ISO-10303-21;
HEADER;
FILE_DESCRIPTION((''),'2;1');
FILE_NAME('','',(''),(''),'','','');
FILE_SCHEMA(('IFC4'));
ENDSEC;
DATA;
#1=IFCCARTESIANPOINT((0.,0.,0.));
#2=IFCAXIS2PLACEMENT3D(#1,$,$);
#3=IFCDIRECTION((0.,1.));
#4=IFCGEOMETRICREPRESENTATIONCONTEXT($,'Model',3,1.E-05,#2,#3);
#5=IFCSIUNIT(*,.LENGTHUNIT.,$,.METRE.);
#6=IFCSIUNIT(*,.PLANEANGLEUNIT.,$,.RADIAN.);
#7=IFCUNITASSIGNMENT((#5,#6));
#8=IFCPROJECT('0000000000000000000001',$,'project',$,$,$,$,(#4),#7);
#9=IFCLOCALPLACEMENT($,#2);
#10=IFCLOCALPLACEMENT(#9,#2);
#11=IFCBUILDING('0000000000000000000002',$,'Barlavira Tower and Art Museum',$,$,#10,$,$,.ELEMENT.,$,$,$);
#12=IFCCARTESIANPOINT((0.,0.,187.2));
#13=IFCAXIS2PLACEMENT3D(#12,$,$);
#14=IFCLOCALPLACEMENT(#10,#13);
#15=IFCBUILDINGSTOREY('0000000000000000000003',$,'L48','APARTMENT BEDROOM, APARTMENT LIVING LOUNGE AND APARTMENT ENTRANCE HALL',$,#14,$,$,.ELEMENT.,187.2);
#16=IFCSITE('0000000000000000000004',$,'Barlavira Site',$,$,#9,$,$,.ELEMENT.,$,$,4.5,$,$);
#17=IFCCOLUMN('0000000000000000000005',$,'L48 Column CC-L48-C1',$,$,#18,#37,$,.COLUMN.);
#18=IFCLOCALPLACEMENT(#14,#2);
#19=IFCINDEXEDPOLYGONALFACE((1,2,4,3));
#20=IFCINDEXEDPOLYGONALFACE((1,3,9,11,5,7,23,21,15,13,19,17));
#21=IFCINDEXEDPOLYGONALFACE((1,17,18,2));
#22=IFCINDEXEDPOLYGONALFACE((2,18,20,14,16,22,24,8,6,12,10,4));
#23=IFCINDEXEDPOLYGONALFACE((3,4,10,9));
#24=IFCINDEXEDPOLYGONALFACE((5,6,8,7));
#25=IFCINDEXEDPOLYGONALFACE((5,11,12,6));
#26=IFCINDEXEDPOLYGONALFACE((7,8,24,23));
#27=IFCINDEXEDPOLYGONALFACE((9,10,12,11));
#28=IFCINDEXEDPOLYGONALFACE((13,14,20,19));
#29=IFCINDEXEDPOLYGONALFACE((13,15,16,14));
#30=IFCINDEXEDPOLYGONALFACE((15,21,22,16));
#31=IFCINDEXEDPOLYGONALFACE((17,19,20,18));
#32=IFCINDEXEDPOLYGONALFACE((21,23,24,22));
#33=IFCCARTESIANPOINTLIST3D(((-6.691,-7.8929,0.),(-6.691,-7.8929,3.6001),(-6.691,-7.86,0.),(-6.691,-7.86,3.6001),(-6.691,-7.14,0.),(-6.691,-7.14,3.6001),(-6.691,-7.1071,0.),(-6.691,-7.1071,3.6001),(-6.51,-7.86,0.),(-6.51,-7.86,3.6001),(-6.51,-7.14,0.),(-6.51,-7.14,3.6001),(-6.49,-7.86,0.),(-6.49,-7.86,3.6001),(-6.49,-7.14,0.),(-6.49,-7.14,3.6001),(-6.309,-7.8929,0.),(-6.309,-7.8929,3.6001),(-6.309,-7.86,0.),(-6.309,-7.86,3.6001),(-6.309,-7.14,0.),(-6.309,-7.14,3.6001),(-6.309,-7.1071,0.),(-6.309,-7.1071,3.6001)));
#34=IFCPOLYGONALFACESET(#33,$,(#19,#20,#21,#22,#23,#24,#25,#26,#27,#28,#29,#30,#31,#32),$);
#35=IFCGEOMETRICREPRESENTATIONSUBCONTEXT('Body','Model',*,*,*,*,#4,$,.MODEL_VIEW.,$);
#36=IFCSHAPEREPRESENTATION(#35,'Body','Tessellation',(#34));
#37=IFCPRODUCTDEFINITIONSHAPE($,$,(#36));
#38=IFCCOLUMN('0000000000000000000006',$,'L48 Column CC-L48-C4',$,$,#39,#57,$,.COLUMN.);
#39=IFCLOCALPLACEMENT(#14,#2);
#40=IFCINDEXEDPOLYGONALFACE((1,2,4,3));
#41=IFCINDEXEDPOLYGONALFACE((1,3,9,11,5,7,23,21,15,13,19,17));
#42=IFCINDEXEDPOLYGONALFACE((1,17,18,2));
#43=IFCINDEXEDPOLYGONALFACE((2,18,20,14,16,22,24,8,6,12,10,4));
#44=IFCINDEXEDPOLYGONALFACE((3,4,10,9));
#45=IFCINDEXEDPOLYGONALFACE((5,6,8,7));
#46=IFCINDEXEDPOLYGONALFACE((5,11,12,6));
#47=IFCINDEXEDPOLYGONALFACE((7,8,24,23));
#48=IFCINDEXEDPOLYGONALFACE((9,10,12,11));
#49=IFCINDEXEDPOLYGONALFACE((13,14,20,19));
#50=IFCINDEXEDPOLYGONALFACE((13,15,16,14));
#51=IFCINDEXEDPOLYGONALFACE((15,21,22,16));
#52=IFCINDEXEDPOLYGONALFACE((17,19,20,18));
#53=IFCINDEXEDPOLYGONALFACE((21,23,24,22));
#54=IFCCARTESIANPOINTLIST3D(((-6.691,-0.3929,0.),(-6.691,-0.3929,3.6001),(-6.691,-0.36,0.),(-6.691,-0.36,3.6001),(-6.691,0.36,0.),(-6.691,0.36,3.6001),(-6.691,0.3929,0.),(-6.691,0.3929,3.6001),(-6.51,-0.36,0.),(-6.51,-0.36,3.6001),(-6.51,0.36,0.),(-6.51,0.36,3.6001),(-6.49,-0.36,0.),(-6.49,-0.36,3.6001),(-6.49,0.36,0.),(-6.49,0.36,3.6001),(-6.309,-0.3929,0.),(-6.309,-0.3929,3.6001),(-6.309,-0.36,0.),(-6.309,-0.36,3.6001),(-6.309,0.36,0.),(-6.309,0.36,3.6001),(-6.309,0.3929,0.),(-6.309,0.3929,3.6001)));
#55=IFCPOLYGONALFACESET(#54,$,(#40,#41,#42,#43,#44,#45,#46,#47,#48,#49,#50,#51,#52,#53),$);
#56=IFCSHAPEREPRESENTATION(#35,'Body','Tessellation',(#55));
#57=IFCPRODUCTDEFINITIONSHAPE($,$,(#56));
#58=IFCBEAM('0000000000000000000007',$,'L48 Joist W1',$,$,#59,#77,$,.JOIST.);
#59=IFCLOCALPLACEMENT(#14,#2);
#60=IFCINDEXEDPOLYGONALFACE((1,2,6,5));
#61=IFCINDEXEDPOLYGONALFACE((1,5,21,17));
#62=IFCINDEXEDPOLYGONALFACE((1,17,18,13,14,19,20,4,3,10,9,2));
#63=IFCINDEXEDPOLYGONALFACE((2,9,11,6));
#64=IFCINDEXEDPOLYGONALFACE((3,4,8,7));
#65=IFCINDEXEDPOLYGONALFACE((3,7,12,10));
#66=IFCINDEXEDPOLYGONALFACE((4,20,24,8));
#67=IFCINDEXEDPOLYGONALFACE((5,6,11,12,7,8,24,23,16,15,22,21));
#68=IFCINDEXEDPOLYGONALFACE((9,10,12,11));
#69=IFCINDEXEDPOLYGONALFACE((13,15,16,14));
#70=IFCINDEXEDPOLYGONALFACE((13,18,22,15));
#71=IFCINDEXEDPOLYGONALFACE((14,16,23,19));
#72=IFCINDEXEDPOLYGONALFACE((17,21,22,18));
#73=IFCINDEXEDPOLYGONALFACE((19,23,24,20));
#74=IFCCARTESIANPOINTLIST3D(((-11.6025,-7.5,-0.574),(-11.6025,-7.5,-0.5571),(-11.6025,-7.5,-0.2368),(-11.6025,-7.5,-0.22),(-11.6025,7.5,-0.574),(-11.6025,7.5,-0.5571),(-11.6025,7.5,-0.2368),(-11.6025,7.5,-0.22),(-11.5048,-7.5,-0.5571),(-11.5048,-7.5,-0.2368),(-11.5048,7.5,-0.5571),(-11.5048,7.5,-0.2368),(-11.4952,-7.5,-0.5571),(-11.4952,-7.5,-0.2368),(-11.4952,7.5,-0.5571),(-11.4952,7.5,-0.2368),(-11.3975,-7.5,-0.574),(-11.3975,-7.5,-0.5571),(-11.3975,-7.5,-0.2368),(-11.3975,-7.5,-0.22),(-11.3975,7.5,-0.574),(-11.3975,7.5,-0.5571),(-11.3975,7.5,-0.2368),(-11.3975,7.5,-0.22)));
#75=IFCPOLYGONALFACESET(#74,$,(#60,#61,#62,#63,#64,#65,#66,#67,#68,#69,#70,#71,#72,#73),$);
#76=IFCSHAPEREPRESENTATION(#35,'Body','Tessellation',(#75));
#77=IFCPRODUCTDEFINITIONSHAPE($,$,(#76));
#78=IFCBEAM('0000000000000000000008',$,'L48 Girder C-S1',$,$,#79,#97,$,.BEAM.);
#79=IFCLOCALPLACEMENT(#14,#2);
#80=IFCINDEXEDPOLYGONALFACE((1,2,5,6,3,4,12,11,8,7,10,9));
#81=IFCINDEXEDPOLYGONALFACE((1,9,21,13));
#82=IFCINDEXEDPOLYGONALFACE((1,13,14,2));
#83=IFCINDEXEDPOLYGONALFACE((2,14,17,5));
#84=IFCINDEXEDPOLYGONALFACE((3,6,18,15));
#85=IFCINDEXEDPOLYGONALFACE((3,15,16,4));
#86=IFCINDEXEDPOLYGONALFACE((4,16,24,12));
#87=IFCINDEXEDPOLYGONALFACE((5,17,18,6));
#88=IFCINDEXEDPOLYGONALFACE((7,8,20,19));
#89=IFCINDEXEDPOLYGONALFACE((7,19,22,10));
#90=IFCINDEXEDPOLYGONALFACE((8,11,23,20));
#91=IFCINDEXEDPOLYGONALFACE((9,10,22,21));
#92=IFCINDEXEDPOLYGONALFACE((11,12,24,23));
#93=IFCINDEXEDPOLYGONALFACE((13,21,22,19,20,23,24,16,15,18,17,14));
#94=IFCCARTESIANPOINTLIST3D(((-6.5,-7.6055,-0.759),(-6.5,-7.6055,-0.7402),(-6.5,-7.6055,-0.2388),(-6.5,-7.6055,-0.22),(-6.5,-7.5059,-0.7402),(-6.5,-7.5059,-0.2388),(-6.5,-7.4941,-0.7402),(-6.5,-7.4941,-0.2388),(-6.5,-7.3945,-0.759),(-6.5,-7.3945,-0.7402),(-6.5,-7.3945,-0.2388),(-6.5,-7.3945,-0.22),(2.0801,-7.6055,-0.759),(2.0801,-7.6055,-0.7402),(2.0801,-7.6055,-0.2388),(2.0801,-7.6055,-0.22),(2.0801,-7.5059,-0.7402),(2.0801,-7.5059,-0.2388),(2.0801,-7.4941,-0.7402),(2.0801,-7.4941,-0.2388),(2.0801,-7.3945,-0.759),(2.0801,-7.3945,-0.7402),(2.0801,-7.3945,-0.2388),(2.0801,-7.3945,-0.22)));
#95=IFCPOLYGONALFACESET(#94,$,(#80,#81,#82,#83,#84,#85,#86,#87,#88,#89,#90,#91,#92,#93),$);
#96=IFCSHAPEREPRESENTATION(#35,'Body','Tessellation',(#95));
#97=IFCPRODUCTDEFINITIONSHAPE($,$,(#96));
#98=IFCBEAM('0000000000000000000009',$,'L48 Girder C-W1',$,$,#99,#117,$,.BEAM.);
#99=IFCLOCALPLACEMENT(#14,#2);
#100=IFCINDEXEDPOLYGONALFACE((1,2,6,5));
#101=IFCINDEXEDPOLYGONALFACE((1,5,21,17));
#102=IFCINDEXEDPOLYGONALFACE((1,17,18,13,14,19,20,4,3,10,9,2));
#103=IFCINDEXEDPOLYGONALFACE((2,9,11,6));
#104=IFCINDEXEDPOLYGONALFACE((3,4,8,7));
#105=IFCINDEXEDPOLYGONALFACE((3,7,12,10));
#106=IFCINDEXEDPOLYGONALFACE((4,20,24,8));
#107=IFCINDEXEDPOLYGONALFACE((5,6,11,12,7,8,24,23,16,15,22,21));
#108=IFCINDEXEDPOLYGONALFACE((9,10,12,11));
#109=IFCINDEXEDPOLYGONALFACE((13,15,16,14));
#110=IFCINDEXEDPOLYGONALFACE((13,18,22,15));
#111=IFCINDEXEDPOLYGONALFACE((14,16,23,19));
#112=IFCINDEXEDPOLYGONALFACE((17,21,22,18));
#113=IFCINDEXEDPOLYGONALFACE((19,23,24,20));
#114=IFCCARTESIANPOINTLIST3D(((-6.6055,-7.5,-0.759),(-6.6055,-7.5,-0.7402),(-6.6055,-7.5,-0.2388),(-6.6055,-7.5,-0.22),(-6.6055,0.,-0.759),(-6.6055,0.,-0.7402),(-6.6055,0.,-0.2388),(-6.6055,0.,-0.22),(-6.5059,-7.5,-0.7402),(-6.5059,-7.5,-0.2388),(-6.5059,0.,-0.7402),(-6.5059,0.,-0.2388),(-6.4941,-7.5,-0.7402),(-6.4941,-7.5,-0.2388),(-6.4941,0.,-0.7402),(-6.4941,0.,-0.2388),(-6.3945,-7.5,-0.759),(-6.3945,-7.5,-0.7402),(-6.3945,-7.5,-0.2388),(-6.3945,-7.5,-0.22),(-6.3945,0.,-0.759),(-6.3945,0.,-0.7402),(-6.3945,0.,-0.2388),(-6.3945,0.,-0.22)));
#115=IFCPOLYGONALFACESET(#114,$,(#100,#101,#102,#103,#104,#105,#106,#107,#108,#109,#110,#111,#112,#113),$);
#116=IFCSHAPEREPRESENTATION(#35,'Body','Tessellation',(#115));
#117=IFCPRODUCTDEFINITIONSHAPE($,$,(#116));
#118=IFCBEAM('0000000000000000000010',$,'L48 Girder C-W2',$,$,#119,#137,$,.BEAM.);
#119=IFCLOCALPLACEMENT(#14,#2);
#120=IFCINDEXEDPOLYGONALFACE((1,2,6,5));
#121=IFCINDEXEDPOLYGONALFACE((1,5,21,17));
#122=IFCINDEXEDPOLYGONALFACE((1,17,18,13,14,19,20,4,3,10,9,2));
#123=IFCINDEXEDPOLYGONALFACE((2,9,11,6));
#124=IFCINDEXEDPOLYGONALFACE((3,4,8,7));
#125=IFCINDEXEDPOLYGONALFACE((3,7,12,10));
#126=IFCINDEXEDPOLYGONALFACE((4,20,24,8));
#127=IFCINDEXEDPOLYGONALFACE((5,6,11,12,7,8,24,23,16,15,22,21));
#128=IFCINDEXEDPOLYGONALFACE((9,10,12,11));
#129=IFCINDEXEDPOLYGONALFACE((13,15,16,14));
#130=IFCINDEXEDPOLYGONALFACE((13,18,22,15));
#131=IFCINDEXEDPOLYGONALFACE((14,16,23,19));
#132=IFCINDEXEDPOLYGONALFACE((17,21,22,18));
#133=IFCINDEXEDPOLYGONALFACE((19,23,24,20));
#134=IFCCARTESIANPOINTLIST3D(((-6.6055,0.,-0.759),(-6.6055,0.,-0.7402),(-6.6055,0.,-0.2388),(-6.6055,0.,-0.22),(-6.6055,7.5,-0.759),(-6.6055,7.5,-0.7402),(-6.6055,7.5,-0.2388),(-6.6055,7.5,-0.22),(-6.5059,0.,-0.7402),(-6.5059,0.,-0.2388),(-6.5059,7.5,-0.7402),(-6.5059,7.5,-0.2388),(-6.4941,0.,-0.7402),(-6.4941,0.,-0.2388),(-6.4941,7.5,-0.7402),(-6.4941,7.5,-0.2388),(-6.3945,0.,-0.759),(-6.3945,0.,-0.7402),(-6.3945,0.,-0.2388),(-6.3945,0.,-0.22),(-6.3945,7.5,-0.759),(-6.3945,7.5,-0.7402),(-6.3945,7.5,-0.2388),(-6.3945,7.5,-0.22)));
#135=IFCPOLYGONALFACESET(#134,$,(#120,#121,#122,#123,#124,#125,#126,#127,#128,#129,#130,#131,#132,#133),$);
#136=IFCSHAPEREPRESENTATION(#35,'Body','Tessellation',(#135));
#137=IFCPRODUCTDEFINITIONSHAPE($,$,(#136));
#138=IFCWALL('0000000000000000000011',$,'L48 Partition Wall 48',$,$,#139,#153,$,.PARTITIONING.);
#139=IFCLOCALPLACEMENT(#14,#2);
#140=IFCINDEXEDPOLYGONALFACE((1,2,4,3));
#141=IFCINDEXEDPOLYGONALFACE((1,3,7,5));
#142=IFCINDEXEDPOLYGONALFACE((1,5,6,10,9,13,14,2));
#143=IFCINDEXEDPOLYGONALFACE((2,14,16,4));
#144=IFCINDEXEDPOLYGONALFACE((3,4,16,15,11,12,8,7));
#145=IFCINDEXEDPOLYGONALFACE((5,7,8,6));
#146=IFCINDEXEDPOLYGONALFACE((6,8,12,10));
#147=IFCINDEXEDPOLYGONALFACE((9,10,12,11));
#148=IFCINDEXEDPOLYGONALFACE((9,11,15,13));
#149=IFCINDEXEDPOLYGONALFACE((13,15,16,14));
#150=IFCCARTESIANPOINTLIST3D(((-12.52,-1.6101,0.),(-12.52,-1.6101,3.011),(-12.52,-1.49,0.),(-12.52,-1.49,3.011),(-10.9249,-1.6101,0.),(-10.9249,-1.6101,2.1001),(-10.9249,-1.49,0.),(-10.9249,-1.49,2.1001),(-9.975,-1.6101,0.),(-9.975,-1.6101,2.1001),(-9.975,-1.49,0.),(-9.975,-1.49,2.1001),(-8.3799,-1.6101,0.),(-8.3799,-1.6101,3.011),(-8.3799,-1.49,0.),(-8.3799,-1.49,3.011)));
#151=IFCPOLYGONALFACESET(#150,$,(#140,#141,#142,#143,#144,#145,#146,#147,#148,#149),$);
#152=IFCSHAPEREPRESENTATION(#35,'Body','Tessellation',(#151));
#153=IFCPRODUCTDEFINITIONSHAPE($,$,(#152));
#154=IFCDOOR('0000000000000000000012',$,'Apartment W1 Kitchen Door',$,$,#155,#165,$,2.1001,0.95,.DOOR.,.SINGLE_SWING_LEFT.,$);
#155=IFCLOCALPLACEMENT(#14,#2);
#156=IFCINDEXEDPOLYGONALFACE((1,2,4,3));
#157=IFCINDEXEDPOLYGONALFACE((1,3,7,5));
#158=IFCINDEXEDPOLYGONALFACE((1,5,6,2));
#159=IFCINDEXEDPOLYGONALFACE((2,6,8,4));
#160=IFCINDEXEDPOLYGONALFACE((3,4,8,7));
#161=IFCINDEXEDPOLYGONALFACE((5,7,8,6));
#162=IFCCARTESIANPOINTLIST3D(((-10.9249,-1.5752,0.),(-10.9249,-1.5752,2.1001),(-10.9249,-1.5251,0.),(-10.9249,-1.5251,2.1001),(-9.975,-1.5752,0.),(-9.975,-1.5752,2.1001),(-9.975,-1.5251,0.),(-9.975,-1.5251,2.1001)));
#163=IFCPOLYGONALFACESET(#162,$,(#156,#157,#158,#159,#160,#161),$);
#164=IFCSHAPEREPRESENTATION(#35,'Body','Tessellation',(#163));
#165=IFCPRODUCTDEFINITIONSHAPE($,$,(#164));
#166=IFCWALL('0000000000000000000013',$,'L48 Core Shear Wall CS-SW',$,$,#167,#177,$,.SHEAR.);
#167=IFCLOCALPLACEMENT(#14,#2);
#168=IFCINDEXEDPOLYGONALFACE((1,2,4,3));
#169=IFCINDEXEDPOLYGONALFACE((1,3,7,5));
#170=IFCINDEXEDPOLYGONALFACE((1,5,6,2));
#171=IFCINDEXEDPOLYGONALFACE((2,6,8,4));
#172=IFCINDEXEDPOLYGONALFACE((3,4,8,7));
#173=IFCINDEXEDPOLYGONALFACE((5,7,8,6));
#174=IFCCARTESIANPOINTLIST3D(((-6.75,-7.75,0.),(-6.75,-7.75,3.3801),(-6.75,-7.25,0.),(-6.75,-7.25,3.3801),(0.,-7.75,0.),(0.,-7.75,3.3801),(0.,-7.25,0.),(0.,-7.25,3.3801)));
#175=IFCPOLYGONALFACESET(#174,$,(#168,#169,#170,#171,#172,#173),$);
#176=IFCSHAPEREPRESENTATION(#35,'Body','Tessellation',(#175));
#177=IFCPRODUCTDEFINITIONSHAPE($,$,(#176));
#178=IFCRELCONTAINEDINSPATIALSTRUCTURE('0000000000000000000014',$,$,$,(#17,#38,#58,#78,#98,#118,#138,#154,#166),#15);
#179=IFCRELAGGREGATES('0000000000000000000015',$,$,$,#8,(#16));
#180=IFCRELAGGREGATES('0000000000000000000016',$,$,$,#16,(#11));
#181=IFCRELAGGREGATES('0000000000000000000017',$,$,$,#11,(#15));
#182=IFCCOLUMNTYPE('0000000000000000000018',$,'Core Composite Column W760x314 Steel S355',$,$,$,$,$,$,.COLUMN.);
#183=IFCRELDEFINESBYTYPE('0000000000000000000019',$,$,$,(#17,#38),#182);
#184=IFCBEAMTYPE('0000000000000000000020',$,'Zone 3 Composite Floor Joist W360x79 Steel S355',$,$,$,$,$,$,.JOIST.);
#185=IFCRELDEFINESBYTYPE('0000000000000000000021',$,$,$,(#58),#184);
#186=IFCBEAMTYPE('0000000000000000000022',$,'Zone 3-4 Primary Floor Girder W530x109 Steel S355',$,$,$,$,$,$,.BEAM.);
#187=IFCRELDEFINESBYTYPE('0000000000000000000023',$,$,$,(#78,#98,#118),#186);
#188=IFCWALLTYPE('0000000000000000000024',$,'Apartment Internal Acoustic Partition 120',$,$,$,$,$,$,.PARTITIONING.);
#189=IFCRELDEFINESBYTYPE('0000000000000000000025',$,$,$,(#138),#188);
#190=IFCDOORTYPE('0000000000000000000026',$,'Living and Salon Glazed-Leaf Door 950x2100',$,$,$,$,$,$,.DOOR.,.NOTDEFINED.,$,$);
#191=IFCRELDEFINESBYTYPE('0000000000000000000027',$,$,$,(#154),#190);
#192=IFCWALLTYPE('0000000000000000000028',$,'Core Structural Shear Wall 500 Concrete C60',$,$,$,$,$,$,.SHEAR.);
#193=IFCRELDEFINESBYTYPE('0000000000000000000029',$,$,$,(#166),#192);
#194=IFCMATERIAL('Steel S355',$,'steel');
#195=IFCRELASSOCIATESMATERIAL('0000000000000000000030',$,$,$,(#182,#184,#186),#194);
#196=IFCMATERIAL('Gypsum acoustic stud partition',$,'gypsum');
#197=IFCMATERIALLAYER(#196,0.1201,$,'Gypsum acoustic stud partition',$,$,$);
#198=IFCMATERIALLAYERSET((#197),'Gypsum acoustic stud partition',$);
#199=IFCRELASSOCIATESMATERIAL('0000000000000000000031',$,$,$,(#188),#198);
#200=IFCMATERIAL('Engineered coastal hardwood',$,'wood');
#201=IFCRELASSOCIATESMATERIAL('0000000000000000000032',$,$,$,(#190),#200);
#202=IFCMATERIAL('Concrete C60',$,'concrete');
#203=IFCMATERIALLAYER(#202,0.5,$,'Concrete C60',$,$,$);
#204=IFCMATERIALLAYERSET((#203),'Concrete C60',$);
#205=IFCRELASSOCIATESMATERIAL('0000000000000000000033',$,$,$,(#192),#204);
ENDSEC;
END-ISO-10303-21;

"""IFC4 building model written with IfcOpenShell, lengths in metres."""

from ifc_helpers import new_model, si_unit, direction, frame, frame_2d, origin, origin_2d, place, context, subcontext, project, spatial, rectangle, i_section, extrude, material, layer, layer_set, material_profile, profile_set, type_object, element, fill, save


model = new_model("IFC4")

# Units and contexts
model_context = context("Model", 3, precision=1e-05, world=origin(), true_north=direction((0.0, 1.0)))
body_context = subcontext(model_context, "Body", "Model", "MODEL_VIEW")
ifc_project = project(units=[si_unit("LENGTHUNIT", "METRE"), si_unit("PLANEANGLEUNIT", "RADIAN")], contexts=[model_context])

# Site, building, storey
site_placement = place(None, origin())
site = spatial("IfcSite", under=ifc_project, at=site_placement, Name="Barlavira Site", CompositionType="ELEMENT", RefElevation=4.5)
building_placement = place(site_placement, origin())
building = spatial("IfcBuilding", under=site, at=building_placement, Name="Barlavira Tower and Art Museum", CompositionType="ELEMENT")
storey_placement = place(building_placement, frame((0.0, 0.0, 187.2)))
storey = spatial("IfcBuildingStorey", under=building, at=storey_placement, Name="L48", Description="APARTMENT BEDROOM, APARTMENT LIVING LOUNGE AND APARTMENT ENTRANCE HALL", CompositionType="ELEMENT", Elevation=187.2)

# Columns
ifc_material_1 = material(Name="Steel S355", Category="steel")
ifc_material_profile_1 = material_profile(ifc_material_1, i_section(OverallWidth=0.3821, OverallDepth=0.7859, WebThickness=0.02, FlangeThickness=0.033, at=origin_2d()), Name="W760x314.0")
ifc_profile_set_1 = profile_set([ifc_material_profile_1], Name="Steel S355")
column_type = type_object("IfcColumnType", Name="Core Composite Column W760x314 Steel S355", PredefinedType="COLUMN", material=ifc_profile_set_1)
for number, where, z_axis, x_axis, name in (
    (1, (-6.5, -7.5, 0.0), (0.0, 0.0, 1.0), (1.0, 0.0, 0.0), "L48 Column CC-L48-C1"),
    (2, (-6.5, 0.0, 0.0), (0.0, 0.0, 1.0), (1.0, 0.0, 0.0), "L48 Column CC-L48-C4"),
):
    element("IfcColumn", number, at=place(storey_placement, frame(where, z_axis=z_axis, x_axis=x_axis)), inside=storey, type_object=column_type, Name=name, PredefinedType="COLUMN", context=body_context, shape_type="SweptSolid", body=[
        extrude(i_section(OverallWidth=0.3821, OverallDepth=0.7859, WebThickness=0.02, FlangeThickness=0.033, at=origin_2d()), origin(), (0.0, 0.0, 1.0), 3.6001),
    ])

# Beams
ifc_material_profile_2 = material_profile(ifc_material_1, i_section(OverallWidth=0.2051, OverallDepth=0.354, WebThickness=0.0095, FlangeThickness=0.0168, at=origin_2d()), Name="W360x79.0")
ifc_profile_set_2 = profile_set([ifc_material_profile_2], Name="Steel S355")
beam_type_1 = type_object("IfcBeamType", Name="Zone 3 Composite Floor Joist W360x79 Steel S355", PredefinedType="JOIST", material=ifc_profile_set_2)
beam_1_placement = place(storey_placement, frame((-11.5, -7.5, -0.397), z_axis=(0.0, 1.0, 0.0), x_axis=(-1.0, 0.0, 0.0)))
element("IfcBeam", 3, at=beam_1_placement, inside=storey, type_object=beam_type_1, Name="L48 Joist W1", PredefinedType="JOIST", context=body_context, shape_type="SweptSolid", body=[
    extrude(i_section(OverallWidth=0.2051, OverallDepth=0.354, WebThickness=0.0095, FlangeThickness=0.0168, at=origin_2d()), origin(), (0.0, 0.0, 1.0), 15.0),
])
ifc_material_profile_3 = material_profile(ifc_material_1, i_section(OverallWidth=0.2109, OverallDepth=0.5391, WebThickness=0.0117, FlangeThickness=0.0188, at=origin_2d()), Name="W530x109.0")
ifc_profile_set_3 = profile_set([ifc_material_profile_3], Name="Steel S355")
beam_type_2 = type_object("IfcBeamType", Name="Zone 3-4 Primary Floor Girder W530x109 Steel S355", PredefinedType="BEAM", material=ifc_profile_set_3)
beam_2_placement = place(storey_placement, frame((-6.5, -7.5, -0.4895), z_axis=(1.0, 0.0, 0.0), x_axis=(0.0, 1.0, 0.0)))
element("IfcBeam", 4, at=beam_2_placement, inside=storey, type_object=beam_type_2, Name="L48 Girder C-S1", PredefinedType="BEAM", context=body_context, shape_type="SweptSolid", body=[
    extrude(i_section(OverallWidth=0.2109, OverallDepth=0.5391, WebThickness=0.0117, FlangeThickness=0.0188, at=origin_2d()), origin(), (0.0, 0.0, 1.0), 8.5801),
])
for number, where, z_axis, x_axis, name in (
    (5, (-6.5, -7.5, -0.4895), (0.0, 1.0, 0.0), (-1.0, 0.0, 0.0), "L48 Girder C-W1"),
    (6, (-6.5, 0.0, -0.4895), (0.0, 1.0, 0.0), (-1.0, 0.0, 0.0), "L48 Girder C-W2"),
):
    element("IfcBeam", number, at=place(storey_placement, frame(where, z_axis=z_axis, x_axis=x_axis)), inside=storey, type_object=beam_type_2, Name=name, PredefinedType="BEAM", context=body_context, shape_type="SweptSolid", body=[
        extrude(i_section(OverallWidth=0.2109, OverallDepth=0.5391, WebThickness=0.0117, FlangeThickness=0.0188, at=origin_2d()), origin(), (0.0, 0.0, 1.0), 7.5),
    ])

# Wall, opening, door
ifc_material_2 = material(Name="Gypsum acoustic stud partition", Category="gypsum")
ifc_layer_1 = layer(ifc_material_2, 0.1201, Name="Gypsum acoustic stud partition")
ifc_layer_set_1 = layer_set([ifc_layer_1], Name="Gypsum acoustic stud partition")
wall_type_1 = type_object("IfcWallType", Name="Apartment Internal Acoustic Partition 120", PredefinedType="PARTITIONING", material=ifc_layer_set_1)
wall_1_placement = place(storey_placement, frame((-12.52, -1.55, 0.0), z_axis=(0.0, 0.0, 1.0), x_axis=(1.0, 0.0, 0.0)))
wall_1 = element("IfcWall", 7, at=wall_1_placement, inside=storey, type_object=wall_type_1, Name="L48 Partition Wall 48", PredefinedType="PARTITIONING", context=body_context, shape_type="SweptSolid", body=[
    extrude(rectangle(XDim=4.1401, YDim=0.1201, at=frame_2d((2.0701, 0.0))), origin(), (0.0, 0.0, 1.0), 3.011),
])
opening_1_placement = place(wall_1_placement, frame((1.595, 0.0, 0.0)))
opening_1 = element("IfcOpeningElement", 8, at=opening_1_placement, cuts=wall_1, PredefinedType="OPENING", context=body_context, shape_type="SweptSolid", body=[
    extrude(rectangle(XDim=0.95, YDim=2.1001, at=frame_2d((0.4751, 1.05))), frame((0.0, 0.0701, 0.0), z_axis=(0.0, -1.0, 0.0), x_axis=(1.0, 0.0, 0.0)), (0.0, 0.0, 1.0), 0.1401),
])
ifc_material_3 = material(Name="Engineered coastal hardwood", Category="wood")
door_type_1 = type_object("IfcDoorType", Name="Living and Salon Glazed-Leaf Door 950x2100", OperationType="NOTDEFINED", PredefinedType="DOOR", material=ifc_material_3)
door_1_placement = place(opening_1_placement, origin())
door_1 = element("IfcDoor", 9, at=door_1_placement, inside=storey, type_object=door_type_1, Name="Apartment W1 Kitchen Door", OperationType="SINGLE_SWING_LEFT", OverallHeight=2.1001, OverallWidth=0.95, PredefinedType="DOOR", context=body_context, shape_type="SweptSolid", body=[
    extrude(rectangle(XDim=0.95, YDim=2.1001, at=frame_2d((0.4751, 1.05))), frame((0.0, 0.0249, 0.0), z_axis=(0.0, -1.0, 0.0), x_axis=(1.0, 0.0, 0.0)), (0.0, 0.0, 1.0), 0.05),
])
fill(opening_1, door_1)

# Wall
ifc_material_4 = material(Name="Concrete C60", Category="concrete")
ifc_layer_2 = layer(ifc_material_4, 0.5, Name="Concrete C60")
ifc_layer_set_2 = layer_set([ifc_layer_2], Name="Concrete C60")
wall_type_2 = type_object("IfcWallType", Name="Core Structural Shear Wall 500 Concrete C60", PredefinedType="SHEAR", material=ifc_layer_set_2)
wall_2_placement = place(storey_placement, frame((-6.75, -7.5, 0.0), z_axis=(0.0, 0.0, 1.0), x_axis=(1.0, 0.0, 0.0)))
element("IfcWall", 10, at=wall_2_placement, inside=storey, type_object=wall_type_2, Name="L48 Core Shear Wall CS-SW", PredefinedType="SHEAR", context=body_context, shape_type="SweptSolid", body=[
    extrude(rectangle(XDim=6.75, YDim=0.5, at=frame_2d((3.375, 0.0))), origin(), (0.0, 0.0, 1.0), 3.3801),
])

save(model, "model.ifc")
